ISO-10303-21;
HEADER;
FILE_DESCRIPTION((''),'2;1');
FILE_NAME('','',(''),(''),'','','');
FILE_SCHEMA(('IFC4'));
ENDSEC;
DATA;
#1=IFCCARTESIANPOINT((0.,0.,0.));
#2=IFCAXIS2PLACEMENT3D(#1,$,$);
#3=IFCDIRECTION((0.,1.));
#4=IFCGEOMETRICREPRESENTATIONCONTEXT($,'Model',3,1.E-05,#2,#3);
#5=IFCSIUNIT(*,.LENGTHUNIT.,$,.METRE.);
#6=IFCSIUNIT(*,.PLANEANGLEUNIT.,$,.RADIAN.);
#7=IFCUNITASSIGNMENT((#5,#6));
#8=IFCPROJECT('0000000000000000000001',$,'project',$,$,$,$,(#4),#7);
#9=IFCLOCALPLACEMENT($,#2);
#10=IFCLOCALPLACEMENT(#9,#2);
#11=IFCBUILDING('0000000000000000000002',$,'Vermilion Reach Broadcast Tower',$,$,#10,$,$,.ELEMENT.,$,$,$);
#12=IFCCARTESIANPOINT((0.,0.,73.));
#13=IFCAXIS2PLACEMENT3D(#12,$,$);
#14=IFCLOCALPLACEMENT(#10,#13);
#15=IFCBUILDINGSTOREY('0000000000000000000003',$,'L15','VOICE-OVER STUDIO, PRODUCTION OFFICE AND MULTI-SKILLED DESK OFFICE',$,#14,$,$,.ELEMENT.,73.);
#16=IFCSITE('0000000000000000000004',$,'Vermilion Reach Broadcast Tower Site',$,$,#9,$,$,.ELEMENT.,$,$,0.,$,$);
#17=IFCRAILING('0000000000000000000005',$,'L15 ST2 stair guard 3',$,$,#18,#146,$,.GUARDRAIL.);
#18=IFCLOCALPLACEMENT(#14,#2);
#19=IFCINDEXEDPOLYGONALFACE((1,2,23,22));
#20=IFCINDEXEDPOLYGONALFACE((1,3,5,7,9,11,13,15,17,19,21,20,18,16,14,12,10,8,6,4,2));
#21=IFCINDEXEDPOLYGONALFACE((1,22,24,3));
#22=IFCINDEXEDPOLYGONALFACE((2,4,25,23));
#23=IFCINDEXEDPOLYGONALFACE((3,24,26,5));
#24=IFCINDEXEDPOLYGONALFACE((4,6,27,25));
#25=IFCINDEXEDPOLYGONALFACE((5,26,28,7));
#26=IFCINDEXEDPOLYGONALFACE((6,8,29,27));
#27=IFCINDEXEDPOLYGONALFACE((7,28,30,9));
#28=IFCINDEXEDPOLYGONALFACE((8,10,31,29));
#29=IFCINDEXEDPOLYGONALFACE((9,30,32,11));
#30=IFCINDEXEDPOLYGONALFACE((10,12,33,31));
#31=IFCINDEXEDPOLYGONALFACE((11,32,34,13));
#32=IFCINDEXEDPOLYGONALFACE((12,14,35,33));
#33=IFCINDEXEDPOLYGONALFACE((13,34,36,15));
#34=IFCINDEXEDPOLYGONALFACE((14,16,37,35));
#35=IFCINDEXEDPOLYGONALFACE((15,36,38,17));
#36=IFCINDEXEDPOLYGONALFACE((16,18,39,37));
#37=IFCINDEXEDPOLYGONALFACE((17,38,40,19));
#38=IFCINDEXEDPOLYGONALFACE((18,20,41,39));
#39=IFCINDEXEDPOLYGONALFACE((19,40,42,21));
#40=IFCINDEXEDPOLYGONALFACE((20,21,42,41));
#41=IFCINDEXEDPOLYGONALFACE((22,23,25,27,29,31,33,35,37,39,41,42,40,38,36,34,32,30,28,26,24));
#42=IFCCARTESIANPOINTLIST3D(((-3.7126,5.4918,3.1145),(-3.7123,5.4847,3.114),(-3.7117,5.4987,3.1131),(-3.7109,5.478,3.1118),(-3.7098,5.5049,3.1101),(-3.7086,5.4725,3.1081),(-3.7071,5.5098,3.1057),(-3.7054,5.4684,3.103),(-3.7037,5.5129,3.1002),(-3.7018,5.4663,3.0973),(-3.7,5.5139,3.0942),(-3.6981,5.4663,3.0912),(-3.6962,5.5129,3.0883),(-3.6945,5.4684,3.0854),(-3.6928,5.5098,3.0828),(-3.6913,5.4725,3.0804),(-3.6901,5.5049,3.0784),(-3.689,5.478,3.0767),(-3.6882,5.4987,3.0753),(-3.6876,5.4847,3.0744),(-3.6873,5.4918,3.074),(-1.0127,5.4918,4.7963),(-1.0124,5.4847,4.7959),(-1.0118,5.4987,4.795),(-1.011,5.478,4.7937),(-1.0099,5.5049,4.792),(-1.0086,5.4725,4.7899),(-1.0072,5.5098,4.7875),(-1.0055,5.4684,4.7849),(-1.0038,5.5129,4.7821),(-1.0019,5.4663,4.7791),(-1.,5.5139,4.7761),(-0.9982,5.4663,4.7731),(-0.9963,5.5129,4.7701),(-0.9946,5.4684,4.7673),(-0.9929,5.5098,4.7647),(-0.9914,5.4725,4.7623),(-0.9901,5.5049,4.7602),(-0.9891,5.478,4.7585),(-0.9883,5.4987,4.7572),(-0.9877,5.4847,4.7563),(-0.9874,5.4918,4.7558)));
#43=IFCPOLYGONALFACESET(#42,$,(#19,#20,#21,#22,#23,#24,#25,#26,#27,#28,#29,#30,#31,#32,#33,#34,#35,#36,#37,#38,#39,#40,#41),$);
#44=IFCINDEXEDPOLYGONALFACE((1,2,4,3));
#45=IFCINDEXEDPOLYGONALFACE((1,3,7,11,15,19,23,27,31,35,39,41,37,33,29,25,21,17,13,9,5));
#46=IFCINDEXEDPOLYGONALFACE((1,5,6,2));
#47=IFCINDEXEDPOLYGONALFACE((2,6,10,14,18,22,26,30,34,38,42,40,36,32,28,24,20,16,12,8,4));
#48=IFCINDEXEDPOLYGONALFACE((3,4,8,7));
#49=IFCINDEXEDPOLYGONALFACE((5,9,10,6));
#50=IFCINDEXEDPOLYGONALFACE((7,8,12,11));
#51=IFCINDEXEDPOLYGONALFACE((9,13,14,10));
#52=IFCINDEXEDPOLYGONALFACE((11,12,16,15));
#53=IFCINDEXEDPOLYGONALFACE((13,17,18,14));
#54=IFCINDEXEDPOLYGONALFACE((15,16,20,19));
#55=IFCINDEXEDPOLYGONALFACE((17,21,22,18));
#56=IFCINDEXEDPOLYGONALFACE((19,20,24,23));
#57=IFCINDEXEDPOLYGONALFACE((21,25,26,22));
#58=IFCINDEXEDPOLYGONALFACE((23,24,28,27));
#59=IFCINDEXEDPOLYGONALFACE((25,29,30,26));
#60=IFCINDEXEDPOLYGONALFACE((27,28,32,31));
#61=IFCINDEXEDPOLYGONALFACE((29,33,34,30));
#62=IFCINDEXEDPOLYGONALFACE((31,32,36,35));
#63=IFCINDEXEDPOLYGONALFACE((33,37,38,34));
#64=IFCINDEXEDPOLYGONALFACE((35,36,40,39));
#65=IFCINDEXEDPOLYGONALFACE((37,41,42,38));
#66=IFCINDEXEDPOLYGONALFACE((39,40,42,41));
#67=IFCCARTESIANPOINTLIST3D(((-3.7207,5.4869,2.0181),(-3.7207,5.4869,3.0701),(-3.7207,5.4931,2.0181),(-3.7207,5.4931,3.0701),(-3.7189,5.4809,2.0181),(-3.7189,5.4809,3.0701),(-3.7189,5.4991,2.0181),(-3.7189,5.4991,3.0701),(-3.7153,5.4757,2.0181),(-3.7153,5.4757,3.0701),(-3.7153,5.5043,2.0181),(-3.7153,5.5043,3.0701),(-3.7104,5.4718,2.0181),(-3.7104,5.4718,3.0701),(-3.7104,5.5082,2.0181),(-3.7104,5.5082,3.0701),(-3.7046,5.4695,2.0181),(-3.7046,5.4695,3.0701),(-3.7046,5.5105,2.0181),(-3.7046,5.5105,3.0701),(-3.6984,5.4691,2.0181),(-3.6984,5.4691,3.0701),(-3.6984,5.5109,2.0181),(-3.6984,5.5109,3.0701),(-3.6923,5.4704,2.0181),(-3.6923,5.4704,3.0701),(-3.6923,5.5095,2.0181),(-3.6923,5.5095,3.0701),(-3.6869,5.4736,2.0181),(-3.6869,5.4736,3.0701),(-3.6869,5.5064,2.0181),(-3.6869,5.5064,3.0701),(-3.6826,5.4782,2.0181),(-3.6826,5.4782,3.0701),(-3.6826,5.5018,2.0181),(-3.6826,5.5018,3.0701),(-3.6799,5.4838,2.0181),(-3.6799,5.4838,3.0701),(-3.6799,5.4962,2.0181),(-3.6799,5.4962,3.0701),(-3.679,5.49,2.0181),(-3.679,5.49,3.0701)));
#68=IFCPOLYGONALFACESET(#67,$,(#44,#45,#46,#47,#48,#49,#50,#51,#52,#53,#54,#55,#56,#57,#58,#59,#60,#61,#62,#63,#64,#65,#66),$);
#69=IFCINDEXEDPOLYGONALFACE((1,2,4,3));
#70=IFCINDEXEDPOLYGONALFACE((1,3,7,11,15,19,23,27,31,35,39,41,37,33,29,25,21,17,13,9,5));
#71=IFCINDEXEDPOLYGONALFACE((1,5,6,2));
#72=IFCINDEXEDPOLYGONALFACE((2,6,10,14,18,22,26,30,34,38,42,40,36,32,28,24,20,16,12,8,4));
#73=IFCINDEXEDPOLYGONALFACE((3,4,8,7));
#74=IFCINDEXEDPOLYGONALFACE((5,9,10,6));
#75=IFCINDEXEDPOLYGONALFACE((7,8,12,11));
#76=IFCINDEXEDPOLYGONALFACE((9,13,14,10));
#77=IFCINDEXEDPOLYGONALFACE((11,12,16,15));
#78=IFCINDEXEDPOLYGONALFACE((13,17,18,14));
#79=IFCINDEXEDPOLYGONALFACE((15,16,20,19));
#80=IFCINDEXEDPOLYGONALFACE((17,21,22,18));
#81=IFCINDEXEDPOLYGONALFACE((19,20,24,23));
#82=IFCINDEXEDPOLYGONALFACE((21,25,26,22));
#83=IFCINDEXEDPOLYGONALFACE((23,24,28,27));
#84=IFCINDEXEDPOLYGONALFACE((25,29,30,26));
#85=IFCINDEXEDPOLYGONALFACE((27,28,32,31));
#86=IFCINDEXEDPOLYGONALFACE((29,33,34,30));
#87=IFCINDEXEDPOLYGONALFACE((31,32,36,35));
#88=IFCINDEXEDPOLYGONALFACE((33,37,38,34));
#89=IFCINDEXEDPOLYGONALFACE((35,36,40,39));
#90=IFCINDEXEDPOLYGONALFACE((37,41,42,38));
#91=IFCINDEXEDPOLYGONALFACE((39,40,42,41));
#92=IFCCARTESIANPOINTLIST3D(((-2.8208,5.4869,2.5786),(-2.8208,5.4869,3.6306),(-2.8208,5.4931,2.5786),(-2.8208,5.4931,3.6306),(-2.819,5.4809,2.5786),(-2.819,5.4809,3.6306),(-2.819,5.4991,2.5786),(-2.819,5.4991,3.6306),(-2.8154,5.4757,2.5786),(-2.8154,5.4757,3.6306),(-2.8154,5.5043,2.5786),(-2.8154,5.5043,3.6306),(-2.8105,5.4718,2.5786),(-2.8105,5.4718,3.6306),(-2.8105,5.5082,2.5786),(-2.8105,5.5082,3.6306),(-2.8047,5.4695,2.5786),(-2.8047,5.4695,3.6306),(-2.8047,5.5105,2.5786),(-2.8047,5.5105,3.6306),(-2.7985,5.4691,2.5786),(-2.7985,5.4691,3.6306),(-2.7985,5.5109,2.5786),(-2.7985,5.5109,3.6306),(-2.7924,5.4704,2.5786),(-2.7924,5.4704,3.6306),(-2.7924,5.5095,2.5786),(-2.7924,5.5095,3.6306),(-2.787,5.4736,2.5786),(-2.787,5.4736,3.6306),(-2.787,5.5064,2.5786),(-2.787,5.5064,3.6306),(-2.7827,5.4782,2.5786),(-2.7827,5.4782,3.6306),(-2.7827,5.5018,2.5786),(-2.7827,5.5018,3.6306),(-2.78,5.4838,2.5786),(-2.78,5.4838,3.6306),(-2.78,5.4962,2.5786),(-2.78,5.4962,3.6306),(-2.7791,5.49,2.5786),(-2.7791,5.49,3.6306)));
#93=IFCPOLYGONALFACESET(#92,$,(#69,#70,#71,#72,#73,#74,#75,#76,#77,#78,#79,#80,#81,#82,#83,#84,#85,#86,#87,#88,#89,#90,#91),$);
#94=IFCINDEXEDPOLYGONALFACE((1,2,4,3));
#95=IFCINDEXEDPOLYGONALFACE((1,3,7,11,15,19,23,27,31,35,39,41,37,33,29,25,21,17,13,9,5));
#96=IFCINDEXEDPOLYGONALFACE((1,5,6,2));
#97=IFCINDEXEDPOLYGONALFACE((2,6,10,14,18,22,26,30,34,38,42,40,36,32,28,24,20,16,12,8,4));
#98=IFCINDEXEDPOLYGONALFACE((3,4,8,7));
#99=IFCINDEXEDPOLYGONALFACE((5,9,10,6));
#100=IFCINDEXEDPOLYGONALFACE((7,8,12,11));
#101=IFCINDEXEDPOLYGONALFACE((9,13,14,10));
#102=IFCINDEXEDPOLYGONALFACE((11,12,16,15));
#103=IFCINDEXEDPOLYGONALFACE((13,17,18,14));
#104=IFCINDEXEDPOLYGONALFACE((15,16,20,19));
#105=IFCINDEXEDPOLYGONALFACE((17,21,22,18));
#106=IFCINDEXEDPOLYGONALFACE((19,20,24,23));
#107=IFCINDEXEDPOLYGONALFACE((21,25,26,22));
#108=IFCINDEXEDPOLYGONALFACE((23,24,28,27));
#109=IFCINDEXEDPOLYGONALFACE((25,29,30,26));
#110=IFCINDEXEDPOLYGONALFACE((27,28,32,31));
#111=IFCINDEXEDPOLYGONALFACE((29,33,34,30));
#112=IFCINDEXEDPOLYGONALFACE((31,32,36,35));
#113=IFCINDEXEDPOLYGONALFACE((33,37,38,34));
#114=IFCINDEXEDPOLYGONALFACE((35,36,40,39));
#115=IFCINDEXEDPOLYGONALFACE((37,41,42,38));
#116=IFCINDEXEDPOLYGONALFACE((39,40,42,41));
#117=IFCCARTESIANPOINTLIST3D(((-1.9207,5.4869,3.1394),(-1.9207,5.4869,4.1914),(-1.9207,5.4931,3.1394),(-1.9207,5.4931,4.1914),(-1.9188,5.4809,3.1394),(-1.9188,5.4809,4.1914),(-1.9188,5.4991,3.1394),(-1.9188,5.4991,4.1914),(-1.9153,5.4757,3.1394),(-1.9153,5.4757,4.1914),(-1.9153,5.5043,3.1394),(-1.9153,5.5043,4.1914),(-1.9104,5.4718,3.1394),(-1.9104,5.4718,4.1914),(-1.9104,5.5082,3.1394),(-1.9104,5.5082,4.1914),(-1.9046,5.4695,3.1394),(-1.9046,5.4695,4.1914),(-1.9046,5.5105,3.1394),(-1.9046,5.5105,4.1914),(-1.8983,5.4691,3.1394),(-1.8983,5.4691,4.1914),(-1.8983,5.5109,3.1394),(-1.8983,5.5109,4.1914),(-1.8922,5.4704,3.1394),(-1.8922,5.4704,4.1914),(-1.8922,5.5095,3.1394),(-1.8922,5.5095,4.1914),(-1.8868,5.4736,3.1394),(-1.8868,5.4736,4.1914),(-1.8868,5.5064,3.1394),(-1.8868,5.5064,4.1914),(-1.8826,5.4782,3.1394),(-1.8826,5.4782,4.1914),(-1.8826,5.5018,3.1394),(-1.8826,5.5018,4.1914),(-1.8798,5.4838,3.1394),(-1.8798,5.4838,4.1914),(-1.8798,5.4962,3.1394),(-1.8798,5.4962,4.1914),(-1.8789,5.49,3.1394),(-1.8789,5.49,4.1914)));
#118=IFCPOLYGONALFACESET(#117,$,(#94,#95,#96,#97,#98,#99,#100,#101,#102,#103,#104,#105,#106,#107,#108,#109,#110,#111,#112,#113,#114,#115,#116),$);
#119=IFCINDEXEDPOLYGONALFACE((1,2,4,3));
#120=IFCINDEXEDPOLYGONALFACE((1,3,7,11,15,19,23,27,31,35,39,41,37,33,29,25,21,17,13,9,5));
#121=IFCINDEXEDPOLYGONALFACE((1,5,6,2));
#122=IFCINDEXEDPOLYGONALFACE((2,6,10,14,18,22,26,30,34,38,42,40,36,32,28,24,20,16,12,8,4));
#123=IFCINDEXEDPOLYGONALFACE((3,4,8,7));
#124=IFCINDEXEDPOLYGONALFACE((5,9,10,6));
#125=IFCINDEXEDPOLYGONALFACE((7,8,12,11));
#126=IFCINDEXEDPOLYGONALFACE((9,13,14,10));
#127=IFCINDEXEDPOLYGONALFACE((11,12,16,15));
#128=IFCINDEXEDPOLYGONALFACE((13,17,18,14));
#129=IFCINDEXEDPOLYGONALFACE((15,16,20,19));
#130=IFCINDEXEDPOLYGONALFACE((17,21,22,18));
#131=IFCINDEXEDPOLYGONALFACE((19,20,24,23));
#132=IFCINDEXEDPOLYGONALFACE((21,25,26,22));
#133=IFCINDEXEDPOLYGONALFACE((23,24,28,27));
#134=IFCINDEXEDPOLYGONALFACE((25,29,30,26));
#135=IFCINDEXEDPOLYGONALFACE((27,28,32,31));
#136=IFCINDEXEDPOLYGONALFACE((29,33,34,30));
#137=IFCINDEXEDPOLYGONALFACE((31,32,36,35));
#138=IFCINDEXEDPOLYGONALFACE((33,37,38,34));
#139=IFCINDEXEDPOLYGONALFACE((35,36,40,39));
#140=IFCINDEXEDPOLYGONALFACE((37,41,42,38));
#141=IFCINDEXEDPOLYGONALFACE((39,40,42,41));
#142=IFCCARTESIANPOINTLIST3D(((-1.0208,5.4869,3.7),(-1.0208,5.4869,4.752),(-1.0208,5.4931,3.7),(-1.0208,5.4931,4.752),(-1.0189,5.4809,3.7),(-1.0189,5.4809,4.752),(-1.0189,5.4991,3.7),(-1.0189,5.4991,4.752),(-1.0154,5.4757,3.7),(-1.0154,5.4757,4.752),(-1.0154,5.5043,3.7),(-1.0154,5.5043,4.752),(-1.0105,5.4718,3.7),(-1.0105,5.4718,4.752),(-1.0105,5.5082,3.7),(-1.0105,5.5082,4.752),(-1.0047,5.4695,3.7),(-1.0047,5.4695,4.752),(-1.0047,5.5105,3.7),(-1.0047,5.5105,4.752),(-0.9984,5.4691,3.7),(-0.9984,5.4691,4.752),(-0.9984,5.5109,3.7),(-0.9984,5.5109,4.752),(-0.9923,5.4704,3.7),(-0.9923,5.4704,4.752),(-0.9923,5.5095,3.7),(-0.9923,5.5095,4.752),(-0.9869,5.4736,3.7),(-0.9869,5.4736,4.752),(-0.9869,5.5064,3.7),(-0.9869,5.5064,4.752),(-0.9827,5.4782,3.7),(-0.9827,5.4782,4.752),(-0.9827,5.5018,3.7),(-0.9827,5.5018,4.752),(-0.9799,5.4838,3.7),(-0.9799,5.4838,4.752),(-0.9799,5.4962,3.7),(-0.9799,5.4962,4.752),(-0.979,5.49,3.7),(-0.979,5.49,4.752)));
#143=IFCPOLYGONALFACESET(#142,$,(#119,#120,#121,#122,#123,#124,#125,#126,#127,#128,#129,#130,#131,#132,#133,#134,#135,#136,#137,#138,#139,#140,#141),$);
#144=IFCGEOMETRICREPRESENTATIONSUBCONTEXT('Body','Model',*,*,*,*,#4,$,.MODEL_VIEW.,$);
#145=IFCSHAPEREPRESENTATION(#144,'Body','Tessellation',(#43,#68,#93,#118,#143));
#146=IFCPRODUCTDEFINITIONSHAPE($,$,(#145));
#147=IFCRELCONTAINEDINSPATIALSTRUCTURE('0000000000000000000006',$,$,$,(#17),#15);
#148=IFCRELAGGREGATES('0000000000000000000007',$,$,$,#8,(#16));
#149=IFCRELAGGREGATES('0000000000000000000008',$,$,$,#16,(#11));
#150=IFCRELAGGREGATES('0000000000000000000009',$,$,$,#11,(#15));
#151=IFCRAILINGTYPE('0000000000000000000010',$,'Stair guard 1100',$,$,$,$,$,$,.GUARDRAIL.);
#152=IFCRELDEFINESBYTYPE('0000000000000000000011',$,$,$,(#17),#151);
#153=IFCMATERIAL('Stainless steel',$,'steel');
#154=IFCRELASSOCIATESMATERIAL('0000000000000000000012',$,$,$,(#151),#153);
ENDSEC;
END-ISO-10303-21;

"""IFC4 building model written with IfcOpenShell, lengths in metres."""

from ifc_helpers import new_model, si_unit, direction, frame, origin, origin_2d, place, context, subcontext, project, spatial, circle, extrude, material, type_object, element, save


model = new_model("IFC4")

# Units and contexts
model_context = context("Model", 3, precision=1e-05, world=origin(), true_north=direction((0.0, 1.0)))
body_context = subcontext(model_context, "Body", "Model", "MODEL_VIEW")
ifc_project = project(units=[si_unit("LENGTHUNIT", "METRE"), si_unit("PLANEANGLEUNIT", "RADIAN")], contexts=[model_context])

# Site, building, storey
site_placement = place(None, origin())
site = spatial("IfcSite", under=ifc_project, at=site_placement, Name="Vermilion Reach Broadcast Tower Site", CompositionType="ELEMENT", RefElevation=0.0)
building_placement = place(site_placement, origin())
building = spatial("IfcBuilding", under=site, at=building_placement, Name="Vermilion Reach Broadcast Tower", CompositionType="ELEMENT")
storey_placement = place(building_placement, frame((0.0, 0.0, 73.0)))
storey = spatial("IfcBuildingStorey", under=building, at=storey_placement, Name="L15", Description="VOICE-OVER STUDIO, PRODUCTION OFFICE AND MULTI-SKILLED DESK OFFICE", CompositionType="ELEMENT", Elevation=73.0)

# Railing
ifc_material_1 = material(Name="Stainless steel", Category="steel")
railing_type_1 = type_object("IfcRailingType", Name="Stair guard 1100", PredefinedType="GUARDRAIL", material=ifc_material_1)
railing_1_placement = place(storey_placement, frame((-3.7, 5.49, 2.0181)))
element("IfcRailing", 1, at=railing_1_placement, inside=storey, type_object=railing_type_1, Name="L15 ST2 stair guard 3", PredefinedType="GUARDRAIL", context=body_context, shape_type="SweptSolid", body=[
    extrude(circle(Radius=0.0239, at=origin_2d()), frame((0.0, 0.0, 1.0762), z_axis=(0.848786, 0.0, 0.528736), x_axis=(0.0, 1.0, 0.0)), (0.0, 0.0, 1.0), 3.1809),
    extrude(circle(Radius=0.021, at=origin_2d()), origin(), (0.0, 0.0, 1.0), 1.052),
    extrude(circle(Radius=0.021, at=origin_2d()), frame((0.8999, 0.0, 0.5605)), (0.0, 0.0, 1.0), 1.052),
    extrude(circle(Radius=0.021, at=origin_2d()), frame((1.8, 0.0, 1.1213)), (0.0, 0.0, 1.0), 1.052),
    extrude(circle(Radius=0.021, at=origin_2d()), frame((2.7, 0.0, 1.6819)), (0.0, 0.0, 1.0), 1.052),
])

save(model, "model.ifc")
